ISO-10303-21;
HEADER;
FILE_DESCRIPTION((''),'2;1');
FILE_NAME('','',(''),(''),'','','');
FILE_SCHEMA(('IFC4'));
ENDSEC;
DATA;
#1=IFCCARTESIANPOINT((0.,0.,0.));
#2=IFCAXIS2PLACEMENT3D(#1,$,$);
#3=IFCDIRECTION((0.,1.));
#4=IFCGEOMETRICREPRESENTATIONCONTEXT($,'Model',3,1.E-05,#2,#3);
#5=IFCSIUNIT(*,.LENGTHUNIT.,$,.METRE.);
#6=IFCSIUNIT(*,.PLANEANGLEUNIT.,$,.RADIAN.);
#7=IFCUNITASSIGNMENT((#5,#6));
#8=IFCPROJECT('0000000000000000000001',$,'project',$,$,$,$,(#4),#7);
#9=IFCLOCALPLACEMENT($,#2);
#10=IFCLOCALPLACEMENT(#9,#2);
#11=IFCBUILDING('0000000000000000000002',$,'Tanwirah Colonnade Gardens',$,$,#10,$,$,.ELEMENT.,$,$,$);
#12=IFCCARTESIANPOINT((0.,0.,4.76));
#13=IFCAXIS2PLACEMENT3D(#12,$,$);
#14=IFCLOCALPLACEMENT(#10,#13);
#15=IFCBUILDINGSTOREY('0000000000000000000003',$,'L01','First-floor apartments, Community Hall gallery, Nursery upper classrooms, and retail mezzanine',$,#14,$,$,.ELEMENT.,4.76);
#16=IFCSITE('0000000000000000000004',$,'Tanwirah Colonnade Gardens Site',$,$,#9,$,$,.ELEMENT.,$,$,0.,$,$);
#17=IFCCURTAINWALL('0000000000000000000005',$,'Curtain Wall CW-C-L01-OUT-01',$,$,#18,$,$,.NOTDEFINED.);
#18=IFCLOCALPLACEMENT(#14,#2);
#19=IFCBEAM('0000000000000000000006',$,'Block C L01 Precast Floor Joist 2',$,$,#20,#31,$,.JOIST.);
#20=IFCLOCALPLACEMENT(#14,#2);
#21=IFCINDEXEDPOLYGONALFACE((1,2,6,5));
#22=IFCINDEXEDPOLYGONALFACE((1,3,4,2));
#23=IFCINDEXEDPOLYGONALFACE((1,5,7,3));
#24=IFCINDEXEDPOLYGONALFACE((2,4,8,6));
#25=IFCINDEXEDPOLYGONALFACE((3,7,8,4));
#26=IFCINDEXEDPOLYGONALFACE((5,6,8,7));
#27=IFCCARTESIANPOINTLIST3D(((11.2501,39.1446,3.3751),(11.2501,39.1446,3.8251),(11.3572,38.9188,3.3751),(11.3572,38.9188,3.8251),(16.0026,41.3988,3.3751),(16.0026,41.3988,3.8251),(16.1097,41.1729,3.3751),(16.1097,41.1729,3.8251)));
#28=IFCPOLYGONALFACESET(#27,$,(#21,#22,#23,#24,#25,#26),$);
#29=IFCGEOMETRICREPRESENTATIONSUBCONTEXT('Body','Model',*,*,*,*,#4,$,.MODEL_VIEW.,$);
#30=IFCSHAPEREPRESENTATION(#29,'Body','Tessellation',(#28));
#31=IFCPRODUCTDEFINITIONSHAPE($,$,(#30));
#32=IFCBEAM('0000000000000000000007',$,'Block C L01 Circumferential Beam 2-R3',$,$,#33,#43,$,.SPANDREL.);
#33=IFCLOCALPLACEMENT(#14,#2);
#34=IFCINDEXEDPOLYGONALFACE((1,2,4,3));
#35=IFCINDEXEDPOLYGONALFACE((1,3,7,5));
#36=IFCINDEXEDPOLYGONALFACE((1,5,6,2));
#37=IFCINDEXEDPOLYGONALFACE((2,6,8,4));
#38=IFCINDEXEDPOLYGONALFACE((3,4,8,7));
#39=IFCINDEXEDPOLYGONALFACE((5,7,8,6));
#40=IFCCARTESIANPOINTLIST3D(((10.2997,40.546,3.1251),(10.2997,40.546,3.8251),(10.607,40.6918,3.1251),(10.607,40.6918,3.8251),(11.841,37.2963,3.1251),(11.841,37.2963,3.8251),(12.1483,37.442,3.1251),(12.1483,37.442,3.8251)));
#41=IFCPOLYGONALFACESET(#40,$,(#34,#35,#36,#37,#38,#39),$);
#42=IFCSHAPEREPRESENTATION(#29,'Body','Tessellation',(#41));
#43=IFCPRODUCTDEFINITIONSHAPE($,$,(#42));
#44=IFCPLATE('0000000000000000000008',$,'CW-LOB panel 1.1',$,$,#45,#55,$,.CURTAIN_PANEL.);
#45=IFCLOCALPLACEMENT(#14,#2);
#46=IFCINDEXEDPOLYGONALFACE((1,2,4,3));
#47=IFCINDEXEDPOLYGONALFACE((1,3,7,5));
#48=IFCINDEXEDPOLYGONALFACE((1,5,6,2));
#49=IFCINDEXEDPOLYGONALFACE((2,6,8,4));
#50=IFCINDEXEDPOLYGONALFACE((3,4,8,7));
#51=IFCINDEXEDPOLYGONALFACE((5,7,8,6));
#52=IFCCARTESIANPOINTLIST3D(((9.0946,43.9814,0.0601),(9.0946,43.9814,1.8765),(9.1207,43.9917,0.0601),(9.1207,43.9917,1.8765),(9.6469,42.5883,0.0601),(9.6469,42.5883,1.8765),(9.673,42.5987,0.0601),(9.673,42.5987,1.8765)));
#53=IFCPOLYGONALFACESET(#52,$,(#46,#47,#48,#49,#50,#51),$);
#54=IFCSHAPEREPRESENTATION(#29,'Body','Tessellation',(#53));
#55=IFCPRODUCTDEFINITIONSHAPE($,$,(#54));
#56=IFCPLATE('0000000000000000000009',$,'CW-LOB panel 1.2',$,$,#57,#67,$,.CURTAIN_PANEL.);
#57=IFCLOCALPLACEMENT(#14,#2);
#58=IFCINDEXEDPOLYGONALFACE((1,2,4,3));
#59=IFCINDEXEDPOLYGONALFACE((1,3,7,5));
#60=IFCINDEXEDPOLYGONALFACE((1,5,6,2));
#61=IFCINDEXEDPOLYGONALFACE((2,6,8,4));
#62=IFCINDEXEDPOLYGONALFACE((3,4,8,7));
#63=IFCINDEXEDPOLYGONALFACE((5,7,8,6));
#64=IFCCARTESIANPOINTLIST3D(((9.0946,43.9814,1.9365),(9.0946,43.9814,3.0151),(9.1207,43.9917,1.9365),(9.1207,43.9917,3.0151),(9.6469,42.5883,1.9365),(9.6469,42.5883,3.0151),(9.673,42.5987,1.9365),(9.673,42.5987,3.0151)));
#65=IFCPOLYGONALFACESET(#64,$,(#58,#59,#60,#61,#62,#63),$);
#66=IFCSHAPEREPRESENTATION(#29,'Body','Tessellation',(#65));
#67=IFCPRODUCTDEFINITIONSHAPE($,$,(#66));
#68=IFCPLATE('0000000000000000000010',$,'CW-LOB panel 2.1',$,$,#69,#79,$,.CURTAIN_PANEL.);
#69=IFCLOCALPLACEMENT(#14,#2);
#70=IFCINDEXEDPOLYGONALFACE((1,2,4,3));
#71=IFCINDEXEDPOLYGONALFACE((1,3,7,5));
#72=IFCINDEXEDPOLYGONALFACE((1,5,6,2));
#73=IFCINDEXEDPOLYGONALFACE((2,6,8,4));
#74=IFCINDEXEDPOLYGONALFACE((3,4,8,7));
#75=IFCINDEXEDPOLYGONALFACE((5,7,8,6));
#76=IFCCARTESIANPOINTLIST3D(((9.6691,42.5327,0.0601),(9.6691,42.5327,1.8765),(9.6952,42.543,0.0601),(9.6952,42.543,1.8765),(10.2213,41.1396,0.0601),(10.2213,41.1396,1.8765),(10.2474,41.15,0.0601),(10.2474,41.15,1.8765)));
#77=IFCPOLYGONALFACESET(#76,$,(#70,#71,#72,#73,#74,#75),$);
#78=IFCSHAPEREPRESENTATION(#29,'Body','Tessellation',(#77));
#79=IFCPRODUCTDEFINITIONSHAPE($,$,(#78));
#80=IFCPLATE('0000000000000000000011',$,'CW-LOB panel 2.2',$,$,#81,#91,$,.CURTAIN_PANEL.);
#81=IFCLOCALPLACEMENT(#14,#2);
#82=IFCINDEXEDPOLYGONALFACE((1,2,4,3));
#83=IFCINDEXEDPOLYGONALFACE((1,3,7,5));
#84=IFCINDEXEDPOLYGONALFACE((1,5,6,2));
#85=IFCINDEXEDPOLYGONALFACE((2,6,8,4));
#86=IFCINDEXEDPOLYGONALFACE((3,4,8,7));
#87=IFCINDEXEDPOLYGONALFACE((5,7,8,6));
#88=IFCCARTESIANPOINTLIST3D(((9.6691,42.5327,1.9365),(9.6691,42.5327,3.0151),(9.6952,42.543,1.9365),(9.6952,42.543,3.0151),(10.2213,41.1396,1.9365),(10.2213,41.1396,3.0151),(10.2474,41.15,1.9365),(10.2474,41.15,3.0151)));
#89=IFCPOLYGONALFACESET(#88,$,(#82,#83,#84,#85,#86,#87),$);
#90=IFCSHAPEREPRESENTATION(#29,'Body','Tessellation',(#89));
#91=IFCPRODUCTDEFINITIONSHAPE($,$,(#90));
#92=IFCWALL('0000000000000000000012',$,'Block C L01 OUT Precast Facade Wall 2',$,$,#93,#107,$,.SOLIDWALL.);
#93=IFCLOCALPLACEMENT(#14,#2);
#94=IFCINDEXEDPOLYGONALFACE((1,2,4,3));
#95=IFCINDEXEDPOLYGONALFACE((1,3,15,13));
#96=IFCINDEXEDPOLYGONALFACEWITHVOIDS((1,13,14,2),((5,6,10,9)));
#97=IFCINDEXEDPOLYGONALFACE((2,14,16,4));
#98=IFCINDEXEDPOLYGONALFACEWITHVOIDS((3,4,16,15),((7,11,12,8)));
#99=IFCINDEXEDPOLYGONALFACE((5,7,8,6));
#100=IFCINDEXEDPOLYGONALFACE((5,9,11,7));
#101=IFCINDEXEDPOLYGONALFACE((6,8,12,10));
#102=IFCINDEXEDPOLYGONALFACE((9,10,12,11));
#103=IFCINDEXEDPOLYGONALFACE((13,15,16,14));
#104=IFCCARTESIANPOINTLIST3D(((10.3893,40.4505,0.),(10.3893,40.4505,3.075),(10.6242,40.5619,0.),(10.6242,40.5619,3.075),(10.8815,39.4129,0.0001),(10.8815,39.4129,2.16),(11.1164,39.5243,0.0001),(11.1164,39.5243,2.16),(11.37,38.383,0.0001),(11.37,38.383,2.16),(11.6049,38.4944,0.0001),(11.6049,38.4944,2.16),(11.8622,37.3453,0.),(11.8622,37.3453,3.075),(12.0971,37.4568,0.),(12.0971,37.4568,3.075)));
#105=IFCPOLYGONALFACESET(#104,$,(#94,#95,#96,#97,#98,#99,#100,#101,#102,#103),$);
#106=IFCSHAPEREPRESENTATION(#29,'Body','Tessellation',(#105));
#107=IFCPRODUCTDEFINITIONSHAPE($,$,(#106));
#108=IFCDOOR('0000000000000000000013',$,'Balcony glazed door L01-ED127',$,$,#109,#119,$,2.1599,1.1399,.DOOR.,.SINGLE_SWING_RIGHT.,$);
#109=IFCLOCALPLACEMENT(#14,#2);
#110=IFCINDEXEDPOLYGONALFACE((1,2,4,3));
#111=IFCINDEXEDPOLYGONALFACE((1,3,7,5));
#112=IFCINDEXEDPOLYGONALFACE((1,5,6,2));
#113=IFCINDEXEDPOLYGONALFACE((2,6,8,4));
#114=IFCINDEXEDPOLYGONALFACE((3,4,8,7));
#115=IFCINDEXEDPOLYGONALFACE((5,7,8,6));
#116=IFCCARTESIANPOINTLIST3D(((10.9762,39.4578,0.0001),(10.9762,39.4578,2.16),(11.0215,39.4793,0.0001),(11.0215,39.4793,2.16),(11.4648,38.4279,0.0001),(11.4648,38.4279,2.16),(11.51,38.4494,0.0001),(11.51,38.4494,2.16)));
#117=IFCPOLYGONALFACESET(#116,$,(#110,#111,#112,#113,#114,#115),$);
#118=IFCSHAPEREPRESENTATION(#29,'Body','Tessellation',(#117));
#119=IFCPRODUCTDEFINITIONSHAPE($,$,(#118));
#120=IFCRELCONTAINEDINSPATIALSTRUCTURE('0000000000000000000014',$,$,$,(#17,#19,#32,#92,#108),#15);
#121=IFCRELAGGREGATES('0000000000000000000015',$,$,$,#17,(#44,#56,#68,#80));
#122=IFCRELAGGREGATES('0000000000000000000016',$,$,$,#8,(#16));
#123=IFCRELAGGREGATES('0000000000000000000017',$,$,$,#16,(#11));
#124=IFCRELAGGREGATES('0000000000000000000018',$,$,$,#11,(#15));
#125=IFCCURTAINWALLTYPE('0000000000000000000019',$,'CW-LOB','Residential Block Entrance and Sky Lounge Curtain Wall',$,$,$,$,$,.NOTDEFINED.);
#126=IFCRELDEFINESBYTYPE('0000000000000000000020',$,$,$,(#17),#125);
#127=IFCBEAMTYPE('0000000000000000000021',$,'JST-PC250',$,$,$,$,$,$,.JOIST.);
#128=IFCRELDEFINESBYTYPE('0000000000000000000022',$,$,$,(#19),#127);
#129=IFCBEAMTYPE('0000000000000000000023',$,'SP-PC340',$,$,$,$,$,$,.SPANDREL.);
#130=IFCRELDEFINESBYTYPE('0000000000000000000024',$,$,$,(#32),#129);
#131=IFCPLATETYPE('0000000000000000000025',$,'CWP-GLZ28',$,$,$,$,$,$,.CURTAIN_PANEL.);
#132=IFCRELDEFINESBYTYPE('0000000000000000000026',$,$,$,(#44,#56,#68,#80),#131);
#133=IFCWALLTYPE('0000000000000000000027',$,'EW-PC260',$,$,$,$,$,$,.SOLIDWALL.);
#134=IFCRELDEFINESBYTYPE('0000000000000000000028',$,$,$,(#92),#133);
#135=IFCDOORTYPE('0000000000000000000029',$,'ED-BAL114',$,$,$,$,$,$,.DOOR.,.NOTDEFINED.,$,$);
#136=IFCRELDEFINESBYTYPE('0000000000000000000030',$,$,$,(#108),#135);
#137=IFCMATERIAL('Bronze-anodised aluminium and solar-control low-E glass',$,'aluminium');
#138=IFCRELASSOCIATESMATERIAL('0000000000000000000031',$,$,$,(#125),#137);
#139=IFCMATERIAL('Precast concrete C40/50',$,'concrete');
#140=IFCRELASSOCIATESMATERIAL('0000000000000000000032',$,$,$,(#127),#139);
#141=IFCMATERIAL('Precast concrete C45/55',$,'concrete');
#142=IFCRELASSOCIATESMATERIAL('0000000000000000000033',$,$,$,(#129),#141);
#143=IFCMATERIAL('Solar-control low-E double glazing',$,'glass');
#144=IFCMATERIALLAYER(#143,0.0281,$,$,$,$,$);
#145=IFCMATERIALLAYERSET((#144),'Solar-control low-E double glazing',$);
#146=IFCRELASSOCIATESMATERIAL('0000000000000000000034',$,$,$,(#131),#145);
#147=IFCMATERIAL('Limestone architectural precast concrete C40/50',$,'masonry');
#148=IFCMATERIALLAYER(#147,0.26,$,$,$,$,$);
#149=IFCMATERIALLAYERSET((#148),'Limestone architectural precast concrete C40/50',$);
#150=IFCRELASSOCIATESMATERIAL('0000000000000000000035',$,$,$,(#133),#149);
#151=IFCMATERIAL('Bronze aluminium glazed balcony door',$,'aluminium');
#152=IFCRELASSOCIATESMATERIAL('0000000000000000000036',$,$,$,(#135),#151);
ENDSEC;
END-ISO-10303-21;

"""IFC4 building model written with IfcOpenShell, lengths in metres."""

from ifc_helpers import new_model, si_unit, direction, frame, frame_2d, origin, origin_2d, place, context, subcontext, project, spatial, rectangle, extrude, material, layer, layer_set, material_profile, profile_set, type_object, element, fill, aggregate, save


model = new_model("IFC4")

# Units and contexts
model_context = context("Model", 3, precision=1e-05, world=origin(), true_north=direction((0.0, 1.0)))
body_context = subcontext(model_context, "Body", "Model", "MODEL_VIEW")
ifc_project = project(units=[si_unit("LENGTHUNIT", "METRE"), si_unit("PLANEANGLEUNIT", "RADIAN")], contexts=[model_context])

# Site, building, storey
site_placement = place(None, origin())
site = spatial("IfcSite", under=ifc_project, at=site_placement, Name="Tanwirah Colonnade Gardens Site", CompositionType="ELEMENT", RefElevation=0.0)
building_placement = place(site_placement, origin())
building = spatial("IfcBuilding", under=site, at=building_placement, Name="Tanwirah Colonnade Gardens", CompositionType="ELEMENT")
storey_placement = place(building_placement, frame((0.0, 0.0, 4.76)))
storey = spatial("IfcBuildingStorey", under=building, at=storey_placement, Name="L01", Description="First-floor apartments, Community Hall gallery, Nursery upper classrooms, and retail mezzanine", CompositionType="ELEMENT", Elevation=4.76)

# Shared definitions
ifc_material_1 = material(Name="Precast concrete C45/55", Category="concrete")

# Shared definitions
ifc_material_2 = material(Name="Precast concrete C40/50", Category="concrete")

# Curtain wall
ifc_material_3 = material(Name="Bronze-anodised aluminium and solar-control low-E glass", Category="aluminium")
curtain_wall_type = type_object("IfcCurtainWallType", Name="CW-LOB", Description="Residential Block Entrance and Sky Lounge Curtain Wall", PredefinedType="NOTDEFINED", material=ifc_material_3)
curtain_wall_placement = place(storey_placement, origin())
curtain_wall = element("IfcCurtainWall", 1, at=curtain_wall_placement, inside=storey, type_object=curtain_wall_type, Name="Curtain Wall CW-C-L01-OUT-01", PredefinedType="NOTDEFINED")

# Beams
ifc_material_profile_1 = material_profile(ifc_material_2, rectangle(XDim=0.25, YDim=0.45, at=origin_2d()), Name="PC-JST 250x450")
ifc_profile_set_1 = profile_set([ifc_material_profile_1], Name="Precast concrete C40/50")
beam_type_1 = type_object("IfcBeamType", Name="JST-PC250", PredefinedType="JOIST", material=ifc_profile_set_1)
beam_1_placement = place(storey_placement, frame((16.0562, 41.2859, 3.6001), z_axis=(-0.903518, -0.428551, 0.0), x_axis=(0.428551, -0.903518, 0.0)))
element("IfcBeam", 2, at=beam_1_placement, inside=storey, type_object=beam_type_1, Name="Block C L01 Precast Floor Joist 2", PredefinedType="JOIST", context=body_context, shape_type="SweptSolid", body=[
    extrude(rectangle(XDim=0.25, YDim=0.45, at=origin_2d()), origin(), (0.0, 0.0, 1.0), 5.26),
])
ifc_material_profile_2 = material_profile(ifc_material_1, rectangle(XDim=0.3401, YDim=0.7, at=origin_2d()), Name="PC-SP 340x700")
ifc_profile_set_2 = profile_set([ifc_material_profile_2], Name="Precast concrete C45/55")
beam_type_2 = type_object("IfcBeamType", Name="SP-PC340", PredefinedType="SPANDREL", material=ifc_profile_set_2)
beam_2_placement = place(storey_placement, frame((10.4534, 40.6189, 3.4751), z_axis=(0.428518, -0.903533, 0.0), x_axis=(0.903533, 0.428518, 0.0)))
element("IfcBeam", 3, at=beam_2_placement, inside=storey, type_object=beam_type_2, Name="Block C L01 Circumferential Beam 2-R3", PredefinedType="SPANDREL", context=body_context, shape_type="SweptSolid", body=[
    extrude(rectangle(XDim=0.3401, YDim=0.7, at=origin_2d()), origin(), (0.0, 0.0, 1.0), 3.5967),
])

# Plates
ifc_material_4 = material(Name="Solar-control low-E double glazing", Category="glass")
ifc_layer_1 = layer(ifc_material_4, 0.0281)
ifc_layer_set_1 = layer_set([ifc_layer_1], Name="Solar-control low-E double glazing")
plate_type = type_object("IfcPlateType", Name="CWP-GLZ28", PredefinedType="CURTAIN_PANEL", material=ifc_layer_set_1)
plate_1_placement = place(storey_placement, frame((9.3838, 43.29, 0.0601), z_axis=(0.0, 0.0, 1.0), x_axis=(0.368529, -0.929616, 0.0)))
plate_1 = element("IfcPlate", 4, at=plate_1_placement, type_object=plate_type, Name="CW-LOB panel 1.1", PredefinedType="CURTAIN_PANEL", context=body_context, shape_type="SweptSolid", body=[
    extrude(rectangle(XDim=1.4985, YDim=0.0281, at=origin_2d()), origin(), (0.0, 0.0, 1.0), 1.8164),
])
plate_2_placement = place(storey_placement, frame((9.3838, 43.29, 1.9365), z_axis=(0.0, 0.0, 1.0), x_axis=(0.368529, -0.929616, 0.0)))
plate_2 = element("IfcPlate", 5, at=plate_2_placement, type_object=plate_type, Name="CW-LOB panel 1.2", PredefinedType="CURTAIN_PANEL", context=body_context, shape_type="SweptSolid", body=[
    extrude(rectangle(XDim=1.4985, YDim=0.0281, at=origin_2d()), origin(), (0.0, 0.0, 1.0), 1.0786),
])
plate_3_placement = place(storey_placement, frame((9.9583, 41.8413, 0.0601), z_axis=(0.0, 0.0, 1.0), x_axis=(0.368529, -0.929616, 0.0)))
plate_3 = element("IfcPlate", 6, at=plate_3_placement, type_object=plate_type, Name="CW-LOB panel 2.1", PredefinedType="CURTAIN_PANEL", context=body_context, shape_type="SweptSolid", body=[
    extrude(rectangle(XDim=1.4985, YDim=0.0281, at=origin_2d()), origin(), (0.0, 0.0, 1.0), 1.8164),
])
plate_4_placement = place(storey_placement, frame((9.9583, 41.8413, 1.9365), z_axis=(0.0, 0.0, 1.0), x_axis=(0.368529, -0.929616, 0.0)))
plate_4 = element("IfcPlate", 7, at=plate_4_placement, type_object=plate_type, Name="CW-LOB panel 2.2", PredefinedType="CURTAIN_PANEL", context=body_context, shape_type="SweptSolid", body=[
    extrude(rectangle(XDim=1.4985, YDim=0.0281, at=origin_2d()), origin(), (0.0, 0.0, 1.0), 1.0786),
])
aggregate(curtain_wall, [plate_1, plate_2, plate_3, plate_4])

# Wall, opening, door
ifc_material_5 = material(Name="Limestone architectural precast concrete C40/50", Category="masonry")
ifc_layer_2 = layer(ifc_material_5, 0.26)
ifc_layer_set_2 = layer_set([ifc_layer_2], Name="Limestone architectural precast concrete C40/50")
wall_type_1 = type_object("IfcWallType", Name="EW-PC260", PredefinedType="SOLIDWALL", material=ifc_layer_set_2)
wall_1_placement = place(storey_placement, frame((10.5068, 40.5061, 0.0), z_axis=(0.0, 0.0, 1.0), x_axis=(0.428563, -0.903512, 0.0)))
wall_1 = element("IfcWall", 8, at=wall_1_placement, inside=storey, type_object=wall_type_1, Name="Block C L01 OUT Precast Facade Wall 2", PredefinedType="SOLIDWALL", context=body_context, shape_type="SweptSolid", body=[
    extrude(rectangle(XDim=3.4368, YDim=0.26, at=frame_2d((1.7183, 0.0))), origin(), (0.0, 0.0, 1.0), 3.075),
])
opening_1_placement = place(wall_1_placement, frame((1.1484, 0.0, 0.0)))
opening_1 = element("IfcOpeningElement", 9, at=opening_1_placement, cuts=wall_1, PredefinedType="OPENING", context=body_context, shape_type="SweptSolid", body=[
    extrude(rectangle(XDim=1.1399, YDim=2.1599, at=frame_2d((0.5698, 1.0801))), frame((0.0, 0.1399, 0.0), z_axis=(0.0, -1.0, 0.0), x_axis=(1.0, 0.0, 0.0)), (0.0, 0.0, 1.0), 0.28),
])
ifc_material_6 = material(Name="Bronze aluminium glazed balcony door", Category="aluminium")
door_type_1 = type_object("IfcDoorType", Name="ED-BAL114", OperationType="NOTDEFINED", PredefinedType="DOOR", material=ifc_material_6)
door_1_placement = place(opening_1_placement, origin())
door_1 = element("IfcDoor", 10, at=door_1_placement, inside=storey, type_object=door_type_1, Name="Balcony glazed door L01-ED127", OperationType="SINGLE_SWING_RIGHT", OverallHeight=2.1599, OverallWidth=1.1399, PredefinedType="DOOR", context=body_context, shape_type="SweptSolid", body=[
    extrude(rectangle(XDim=1.1399, YDim=2.1599, at=frame_2d((0.5698, 1.0801))), frame((0.0, 0.0249, 0.0), z_axis=(0.0, -1.0, 0.0), x_axis=(1.0, 0.0, 0.0)), (0.0, 0.0, 1.0), 0.05),
])
fill(opening_1, door_1)

save(model, "model.ifc")
